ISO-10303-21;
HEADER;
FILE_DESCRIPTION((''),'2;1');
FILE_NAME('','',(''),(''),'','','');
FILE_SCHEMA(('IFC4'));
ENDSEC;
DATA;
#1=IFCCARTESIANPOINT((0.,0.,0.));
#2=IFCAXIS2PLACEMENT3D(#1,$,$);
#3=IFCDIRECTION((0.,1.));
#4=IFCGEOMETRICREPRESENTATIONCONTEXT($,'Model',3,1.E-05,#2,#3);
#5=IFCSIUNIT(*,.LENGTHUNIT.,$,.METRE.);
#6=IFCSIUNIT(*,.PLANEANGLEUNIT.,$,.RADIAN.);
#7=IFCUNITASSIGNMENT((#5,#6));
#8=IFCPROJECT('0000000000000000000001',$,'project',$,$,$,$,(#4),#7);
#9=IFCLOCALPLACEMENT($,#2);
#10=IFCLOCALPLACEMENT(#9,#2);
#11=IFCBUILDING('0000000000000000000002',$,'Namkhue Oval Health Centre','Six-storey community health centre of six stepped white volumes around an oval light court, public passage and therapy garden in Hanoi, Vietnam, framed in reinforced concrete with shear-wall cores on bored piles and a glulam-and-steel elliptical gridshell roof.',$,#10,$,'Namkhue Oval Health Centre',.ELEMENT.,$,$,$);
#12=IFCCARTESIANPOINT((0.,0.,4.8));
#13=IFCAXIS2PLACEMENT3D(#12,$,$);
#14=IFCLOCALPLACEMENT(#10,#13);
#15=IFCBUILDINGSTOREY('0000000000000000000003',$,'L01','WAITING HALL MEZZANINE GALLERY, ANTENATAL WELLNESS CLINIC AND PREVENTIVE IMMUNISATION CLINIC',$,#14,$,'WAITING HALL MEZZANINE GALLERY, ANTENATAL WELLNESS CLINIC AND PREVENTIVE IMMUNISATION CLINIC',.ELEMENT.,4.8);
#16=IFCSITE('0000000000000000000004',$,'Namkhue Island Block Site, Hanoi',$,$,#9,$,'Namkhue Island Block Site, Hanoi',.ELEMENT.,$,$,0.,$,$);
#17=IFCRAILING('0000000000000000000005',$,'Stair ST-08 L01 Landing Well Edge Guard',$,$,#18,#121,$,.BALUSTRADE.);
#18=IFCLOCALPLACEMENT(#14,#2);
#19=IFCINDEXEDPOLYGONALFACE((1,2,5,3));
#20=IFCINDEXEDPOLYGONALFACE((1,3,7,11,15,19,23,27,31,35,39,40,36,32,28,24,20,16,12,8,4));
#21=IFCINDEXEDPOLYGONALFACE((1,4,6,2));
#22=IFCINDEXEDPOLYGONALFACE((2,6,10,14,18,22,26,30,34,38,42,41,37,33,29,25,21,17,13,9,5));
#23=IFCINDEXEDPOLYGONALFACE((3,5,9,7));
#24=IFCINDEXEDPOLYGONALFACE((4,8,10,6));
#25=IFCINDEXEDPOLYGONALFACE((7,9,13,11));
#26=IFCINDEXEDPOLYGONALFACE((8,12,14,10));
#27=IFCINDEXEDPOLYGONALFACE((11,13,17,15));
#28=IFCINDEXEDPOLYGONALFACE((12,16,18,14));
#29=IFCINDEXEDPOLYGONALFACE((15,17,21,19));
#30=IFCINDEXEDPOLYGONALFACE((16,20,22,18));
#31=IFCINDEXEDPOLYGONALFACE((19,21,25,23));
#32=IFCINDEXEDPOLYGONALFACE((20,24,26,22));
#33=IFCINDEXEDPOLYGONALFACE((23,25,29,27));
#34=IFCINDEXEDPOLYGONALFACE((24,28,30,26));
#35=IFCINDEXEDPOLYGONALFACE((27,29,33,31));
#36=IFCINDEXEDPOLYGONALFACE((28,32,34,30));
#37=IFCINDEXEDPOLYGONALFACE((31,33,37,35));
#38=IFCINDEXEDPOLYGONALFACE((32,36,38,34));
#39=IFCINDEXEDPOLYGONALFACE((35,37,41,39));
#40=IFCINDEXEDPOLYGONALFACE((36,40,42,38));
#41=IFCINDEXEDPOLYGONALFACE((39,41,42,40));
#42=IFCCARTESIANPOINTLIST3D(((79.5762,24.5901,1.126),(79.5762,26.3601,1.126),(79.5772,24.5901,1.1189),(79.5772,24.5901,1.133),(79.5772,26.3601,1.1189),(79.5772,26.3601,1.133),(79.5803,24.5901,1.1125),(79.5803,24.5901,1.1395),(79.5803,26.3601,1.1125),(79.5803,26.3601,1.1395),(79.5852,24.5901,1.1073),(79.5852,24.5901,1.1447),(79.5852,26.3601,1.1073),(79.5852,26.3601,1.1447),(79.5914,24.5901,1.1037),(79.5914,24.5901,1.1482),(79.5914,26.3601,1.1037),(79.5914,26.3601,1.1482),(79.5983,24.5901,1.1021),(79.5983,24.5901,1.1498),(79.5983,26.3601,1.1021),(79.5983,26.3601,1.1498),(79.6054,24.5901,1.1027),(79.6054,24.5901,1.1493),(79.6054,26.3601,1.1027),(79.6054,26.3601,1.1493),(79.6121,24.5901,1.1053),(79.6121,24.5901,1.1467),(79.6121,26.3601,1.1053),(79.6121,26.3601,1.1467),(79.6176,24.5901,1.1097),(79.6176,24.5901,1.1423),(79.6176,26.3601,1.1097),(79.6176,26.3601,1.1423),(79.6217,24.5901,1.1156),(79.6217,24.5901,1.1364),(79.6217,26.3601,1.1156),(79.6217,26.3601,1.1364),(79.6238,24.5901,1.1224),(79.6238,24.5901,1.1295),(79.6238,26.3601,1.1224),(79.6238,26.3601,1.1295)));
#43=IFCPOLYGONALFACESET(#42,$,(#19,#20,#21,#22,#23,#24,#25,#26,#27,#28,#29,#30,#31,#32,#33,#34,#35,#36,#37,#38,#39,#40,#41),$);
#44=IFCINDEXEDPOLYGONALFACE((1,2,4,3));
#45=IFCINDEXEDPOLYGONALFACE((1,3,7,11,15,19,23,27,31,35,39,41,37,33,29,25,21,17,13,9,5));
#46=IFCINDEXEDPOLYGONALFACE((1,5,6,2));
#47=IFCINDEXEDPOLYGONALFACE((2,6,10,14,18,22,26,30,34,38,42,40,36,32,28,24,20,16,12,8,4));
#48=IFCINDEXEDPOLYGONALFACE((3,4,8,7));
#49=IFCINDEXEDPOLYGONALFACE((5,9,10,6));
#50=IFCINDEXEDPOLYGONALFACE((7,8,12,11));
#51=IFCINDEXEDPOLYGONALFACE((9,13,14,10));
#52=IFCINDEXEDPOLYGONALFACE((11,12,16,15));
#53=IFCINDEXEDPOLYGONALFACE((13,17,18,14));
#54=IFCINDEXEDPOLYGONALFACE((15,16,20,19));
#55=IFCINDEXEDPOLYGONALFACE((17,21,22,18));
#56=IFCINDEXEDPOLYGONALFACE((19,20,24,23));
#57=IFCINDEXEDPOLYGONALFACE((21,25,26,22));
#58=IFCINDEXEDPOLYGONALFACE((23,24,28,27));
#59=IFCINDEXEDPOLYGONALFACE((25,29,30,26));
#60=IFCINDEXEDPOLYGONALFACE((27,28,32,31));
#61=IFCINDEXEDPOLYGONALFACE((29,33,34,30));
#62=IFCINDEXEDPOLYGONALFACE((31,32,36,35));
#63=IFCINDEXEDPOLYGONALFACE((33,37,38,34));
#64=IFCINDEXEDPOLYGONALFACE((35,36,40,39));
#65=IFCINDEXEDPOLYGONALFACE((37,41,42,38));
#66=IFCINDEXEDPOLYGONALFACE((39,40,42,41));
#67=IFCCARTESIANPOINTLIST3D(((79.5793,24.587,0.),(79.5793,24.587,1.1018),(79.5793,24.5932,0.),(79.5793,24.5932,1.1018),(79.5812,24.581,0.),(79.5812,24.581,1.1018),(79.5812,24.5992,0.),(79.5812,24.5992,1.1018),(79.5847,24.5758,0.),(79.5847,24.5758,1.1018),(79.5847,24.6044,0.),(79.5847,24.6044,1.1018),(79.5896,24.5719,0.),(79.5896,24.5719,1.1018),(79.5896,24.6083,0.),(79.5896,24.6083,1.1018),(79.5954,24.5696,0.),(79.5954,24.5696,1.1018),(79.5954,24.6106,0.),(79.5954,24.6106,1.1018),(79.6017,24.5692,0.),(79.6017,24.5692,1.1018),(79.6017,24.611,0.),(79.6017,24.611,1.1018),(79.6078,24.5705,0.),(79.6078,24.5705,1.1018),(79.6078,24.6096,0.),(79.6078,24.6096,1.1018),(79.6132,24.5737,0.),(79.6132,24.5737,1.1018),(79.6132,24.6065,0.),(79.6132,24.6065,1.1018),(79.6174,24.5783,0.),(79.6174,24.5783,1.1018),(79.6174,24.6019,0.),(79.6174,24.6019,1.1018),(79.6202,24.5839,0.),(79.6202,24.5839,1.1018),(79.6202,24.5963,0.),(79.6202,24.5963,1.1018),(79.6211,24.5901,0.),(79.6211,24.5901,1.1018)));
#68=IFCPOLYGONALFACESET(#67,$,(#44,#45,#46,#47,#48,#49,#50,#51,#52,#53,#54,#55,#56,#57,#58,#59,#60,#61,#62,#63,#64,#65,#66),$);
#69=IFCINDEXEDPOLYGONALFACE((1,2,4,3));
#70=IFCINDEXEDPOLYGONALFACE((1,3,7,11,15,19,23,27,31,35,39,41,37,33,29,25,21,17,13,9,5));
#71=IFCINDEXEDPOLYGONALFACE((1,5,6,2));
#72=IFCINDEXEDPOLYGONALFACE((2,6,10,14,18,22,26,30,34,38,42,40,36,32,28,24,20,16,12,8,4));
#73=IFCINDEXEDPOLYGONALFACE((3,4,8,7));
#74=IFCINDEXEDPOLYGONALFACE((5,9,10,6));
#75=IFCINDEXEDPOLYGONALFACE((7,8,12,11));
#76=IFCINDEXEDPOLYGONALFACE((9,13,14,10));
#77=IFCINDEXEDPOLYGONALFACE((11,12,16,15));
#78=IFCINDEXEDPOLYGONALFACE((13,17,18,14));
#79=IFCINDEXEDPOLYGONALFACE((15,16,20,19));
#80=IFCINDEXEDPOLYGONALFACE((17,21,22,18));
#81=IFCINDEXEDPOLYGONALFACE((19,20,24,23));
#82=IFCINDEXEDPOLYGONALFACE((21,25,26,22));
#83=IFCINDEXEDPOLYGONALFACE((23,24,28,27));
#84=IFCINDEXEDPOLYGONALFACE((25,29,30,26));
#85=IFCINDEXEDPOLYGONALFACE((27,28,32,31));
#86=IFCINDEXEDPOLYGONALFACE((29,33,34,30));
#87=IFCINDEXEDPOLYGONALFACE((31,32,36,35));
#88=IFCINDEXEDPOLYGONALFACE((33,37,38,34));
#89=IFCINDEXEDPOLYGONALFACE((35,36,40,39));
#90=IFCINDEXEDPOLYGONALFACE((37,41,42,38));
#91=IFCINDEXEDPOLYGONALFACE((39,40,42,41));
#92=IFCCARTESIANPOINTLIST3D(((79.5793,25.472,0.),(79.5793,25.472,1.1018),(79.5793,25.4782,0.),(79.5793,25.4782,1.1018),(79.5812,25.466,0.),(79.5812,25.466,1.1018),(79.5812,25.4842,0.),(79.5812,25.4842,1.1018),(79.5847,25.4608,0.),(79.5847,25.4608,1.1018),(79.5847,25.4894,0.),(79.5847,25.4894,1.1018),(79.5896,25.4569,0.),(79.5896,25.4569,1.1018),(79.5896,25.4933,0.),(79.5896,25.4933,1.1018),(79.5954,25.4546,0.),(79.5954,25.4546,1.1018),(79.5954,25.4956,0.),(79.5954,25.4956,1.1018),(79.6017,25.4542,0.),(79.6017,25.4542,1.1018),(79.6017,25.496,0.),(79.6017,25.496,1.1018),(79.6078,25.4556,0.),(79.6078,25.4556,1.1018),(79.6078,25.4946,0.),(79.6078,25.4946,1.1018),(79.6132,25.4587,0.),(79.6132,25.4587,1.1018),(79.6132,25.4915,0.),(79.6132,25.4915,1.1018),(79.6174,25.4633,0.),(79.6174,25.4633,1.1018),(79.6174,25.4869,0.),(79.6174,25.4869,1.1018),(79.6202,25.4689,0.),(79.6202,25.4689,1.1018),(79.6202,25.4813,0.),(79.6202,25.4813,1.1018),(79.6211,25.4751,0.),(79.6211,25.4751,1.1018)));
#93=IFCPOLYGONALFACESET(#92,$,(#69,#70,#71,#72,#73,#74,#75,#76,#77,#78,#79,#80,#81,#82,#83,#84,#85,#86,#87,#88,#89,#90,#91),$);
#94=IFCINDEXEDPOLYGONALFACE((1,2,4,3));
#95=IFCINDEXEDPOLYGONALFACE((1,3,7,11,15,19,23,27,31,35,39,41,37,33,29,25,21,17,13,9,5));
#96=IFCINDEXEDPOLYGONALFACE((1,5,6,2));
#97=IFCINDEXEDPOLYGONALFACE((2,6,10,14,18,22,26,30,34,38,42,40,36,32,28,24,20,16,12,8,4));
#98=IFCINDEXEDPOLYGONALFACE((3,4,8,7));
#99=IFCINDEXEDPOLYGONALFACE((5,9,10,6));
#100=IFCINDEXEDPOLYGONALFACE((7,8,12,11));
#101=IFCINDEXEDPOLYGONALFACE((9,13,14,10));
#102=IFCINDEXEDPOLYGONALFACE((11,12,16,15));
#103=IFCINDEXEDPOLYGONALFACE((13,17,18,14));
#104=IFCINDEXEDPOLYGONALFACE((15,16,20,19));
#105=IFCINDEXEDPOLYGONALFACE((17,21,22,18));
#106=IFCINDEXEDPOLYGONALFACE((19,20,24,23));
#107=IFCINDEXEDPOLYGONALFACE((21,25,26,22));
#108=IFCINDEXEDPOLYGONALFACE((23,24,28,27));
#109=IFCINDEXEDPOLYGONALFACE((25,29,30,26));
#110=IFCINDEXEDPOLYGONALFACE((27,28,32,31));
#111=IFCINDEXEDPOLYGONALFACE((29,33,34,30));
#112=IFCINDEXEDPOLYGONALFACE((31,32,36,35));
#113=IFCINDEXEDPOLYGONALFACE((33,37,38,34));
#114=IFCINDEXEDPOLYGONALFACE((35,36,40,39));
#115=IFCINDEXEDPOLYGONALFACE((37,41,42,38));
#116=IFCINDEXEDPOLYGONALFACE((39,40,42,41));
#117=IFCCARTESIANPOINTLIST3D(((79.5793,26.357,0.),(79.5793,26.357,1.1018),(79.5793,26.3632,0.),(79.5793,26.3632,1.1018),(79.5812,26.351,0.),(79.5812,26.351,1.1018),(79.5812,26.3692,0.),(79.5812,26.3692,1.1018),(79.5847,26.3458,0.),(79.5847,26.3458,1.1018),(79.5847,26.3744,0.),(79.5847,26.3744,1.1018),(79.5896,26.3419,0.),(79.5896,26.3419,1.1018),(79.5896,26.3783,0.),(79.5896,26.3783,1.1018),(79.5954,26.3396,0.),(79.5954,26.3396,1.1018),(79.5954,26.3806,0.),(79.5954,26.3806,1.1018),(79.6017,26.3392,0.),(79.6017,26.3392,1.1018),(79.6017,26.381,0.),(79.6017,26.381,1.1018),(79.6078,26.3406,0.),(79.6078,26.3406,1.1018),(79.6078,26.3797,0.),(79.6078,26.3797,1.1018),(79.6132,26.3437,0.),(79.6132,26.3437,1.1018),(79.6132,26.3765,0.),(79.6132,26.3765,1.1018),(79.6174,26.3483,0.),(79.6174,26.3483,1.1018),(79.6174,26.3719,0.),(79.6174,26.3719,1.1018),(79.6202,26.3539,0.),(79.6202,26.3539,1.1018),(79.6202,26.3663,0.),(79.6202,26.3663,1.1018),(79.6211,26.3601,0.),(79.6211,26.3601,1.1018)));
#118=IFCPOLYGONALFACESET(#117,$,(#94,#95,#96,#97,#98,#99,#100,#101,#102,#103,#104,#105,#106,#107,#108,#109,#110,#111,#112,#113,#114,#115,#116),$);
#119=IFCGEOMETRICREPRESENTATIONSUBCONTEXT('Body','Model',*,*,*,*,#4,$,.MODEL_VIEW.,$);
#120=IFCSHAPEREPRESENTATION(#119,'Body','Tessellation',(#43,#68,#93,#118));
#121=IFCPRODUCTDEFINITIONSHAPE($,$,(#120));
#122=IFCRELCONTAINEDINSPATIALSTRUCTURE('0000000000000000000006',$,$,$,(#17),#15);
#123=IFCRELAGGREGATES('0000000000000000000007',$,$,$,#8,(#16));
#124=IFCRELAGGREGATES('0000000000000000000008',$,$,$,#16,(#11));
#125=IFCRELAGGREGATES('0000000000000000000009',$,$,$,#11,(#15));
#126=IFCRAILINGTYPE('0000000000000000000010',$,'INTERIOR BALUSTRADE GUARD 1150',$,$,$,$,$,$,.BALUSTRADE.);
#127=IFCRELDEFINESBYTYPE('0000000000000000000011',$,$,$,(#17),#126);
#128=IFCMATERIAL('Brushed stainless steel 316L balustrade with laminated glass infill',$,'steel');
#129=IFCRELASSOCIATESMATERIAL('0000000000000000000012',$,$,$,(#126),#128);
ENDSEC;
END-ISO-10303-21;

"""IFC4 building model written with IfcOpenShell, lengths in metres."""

from ifc_helpers import new_model, si_unit, direction, frame, origin, origin_2d, place, context, subcontext, project, spatial, circle, extrude, material, type_object, element, save


model = new_model("IFC4")

# Units and contexts
model_context = context("Model", 3, precision=1e-05, world=origin(), true_north=direction((0.0, 1.0)))
body_context = subcontext(model_context, "Body", "Model", "MODEL_VIEW")
ifc_project = project(units=[si_unit("LENGTHUNIT", "METRE"), si_unit("PLANEANGLEUNIT", "RADIAN")], contexts=[model_context])

# Site, building, storey
site_placement = place(None, origin())
site = spatial("IfcSite", under=ifc_project, at=site_placement, Name="Namkhue Island Block Site, Hanoi", LongName="Namkhue Island Block Site, Hanoi", CompositionType="ELEMENT", RefElevation=0.0)
building_placement = place(site_placement, origin())
building = spatial("IfcBuilding", under=site, at=building_placement, Name="Namkhue Oval Health Centre", Description="Six-storey community health centre of six stepped white volumes around an oval light court, public passage and therapy garden in Hanoi, Vietnam, framed in reinforced concrete with shear-wall cores on bored piles and a glulam-and-steel elliptical gridshell roof.", LongName="Namkhue Oval Health Centre", CompositionType="ELEMENT")
storey_placement = place(building_placement, frame((0.0, 0.0, 4.8)))
storey = spatial("IfcBuildingStorey", under=building, at=storey_placement, Name="L01", Description="WAITING HALL MEZZANINE GALLERY, ANTENATAL WELLNESS CLINIC AND PREVENTIVE IMMUNISATION CLINIC", LongName="WAITING HALL MEZZANINE GALLERY, ANTENATAL WELLNESS CLINIC AND PREVENTIVE IMMUNISATION CLINIC", CompositionType="ELEMENT", Elevation=4.8)

# Railing
ifc_material_1 = material(Name="Brushed stainless steel 316L balustrade with laminated glass infill", Category="steel")
railing_type = type_object("IfcRailingType", Name="INTERIOR BALUSTRADE GUARD 1150", PredefinedType="BALUSTRADE", material=ifc_material_1)
railing_placement = place(storey_placement, frame((79.6001, 24.5901, 0.0)))
element("IfcRailing", 1, at=railing_placement, inside=storey, type_object=railing_type, Name="Stair ST-08 L01 Landing Well Edge Guard", PredefinedType="BALUSTRADE", context=body_context, shape_type="SweptSolid", body=[
    extrude(circle(Radius=0.0239, at=origin_2d()), frame((0.0, 0.0, 1.126), z_axis=(0.0, 1.0, 0.0), x_axis=(-1.0, 0.0, 0.0)), (0.0, 0.0, 1.0), 1.77),
    extrude(circle(Radius=0.021, at=origin_2d()), origin(), (0.0, 0.0, 1.0), 1.1018),
    extrude(circle(Radius=0.021, at=origin_2d()), frame((0.0, 0.885, 0.0)), (0.0, 0.0, 1.0), 1.1018),
    extrude(circle(Radius=0.021, at=origin_2d()), frame((0.0, 1.77, 0.0)), (0.0, 0.0, 1.0), 1.1018),
])

save(model, "model.ifc")
